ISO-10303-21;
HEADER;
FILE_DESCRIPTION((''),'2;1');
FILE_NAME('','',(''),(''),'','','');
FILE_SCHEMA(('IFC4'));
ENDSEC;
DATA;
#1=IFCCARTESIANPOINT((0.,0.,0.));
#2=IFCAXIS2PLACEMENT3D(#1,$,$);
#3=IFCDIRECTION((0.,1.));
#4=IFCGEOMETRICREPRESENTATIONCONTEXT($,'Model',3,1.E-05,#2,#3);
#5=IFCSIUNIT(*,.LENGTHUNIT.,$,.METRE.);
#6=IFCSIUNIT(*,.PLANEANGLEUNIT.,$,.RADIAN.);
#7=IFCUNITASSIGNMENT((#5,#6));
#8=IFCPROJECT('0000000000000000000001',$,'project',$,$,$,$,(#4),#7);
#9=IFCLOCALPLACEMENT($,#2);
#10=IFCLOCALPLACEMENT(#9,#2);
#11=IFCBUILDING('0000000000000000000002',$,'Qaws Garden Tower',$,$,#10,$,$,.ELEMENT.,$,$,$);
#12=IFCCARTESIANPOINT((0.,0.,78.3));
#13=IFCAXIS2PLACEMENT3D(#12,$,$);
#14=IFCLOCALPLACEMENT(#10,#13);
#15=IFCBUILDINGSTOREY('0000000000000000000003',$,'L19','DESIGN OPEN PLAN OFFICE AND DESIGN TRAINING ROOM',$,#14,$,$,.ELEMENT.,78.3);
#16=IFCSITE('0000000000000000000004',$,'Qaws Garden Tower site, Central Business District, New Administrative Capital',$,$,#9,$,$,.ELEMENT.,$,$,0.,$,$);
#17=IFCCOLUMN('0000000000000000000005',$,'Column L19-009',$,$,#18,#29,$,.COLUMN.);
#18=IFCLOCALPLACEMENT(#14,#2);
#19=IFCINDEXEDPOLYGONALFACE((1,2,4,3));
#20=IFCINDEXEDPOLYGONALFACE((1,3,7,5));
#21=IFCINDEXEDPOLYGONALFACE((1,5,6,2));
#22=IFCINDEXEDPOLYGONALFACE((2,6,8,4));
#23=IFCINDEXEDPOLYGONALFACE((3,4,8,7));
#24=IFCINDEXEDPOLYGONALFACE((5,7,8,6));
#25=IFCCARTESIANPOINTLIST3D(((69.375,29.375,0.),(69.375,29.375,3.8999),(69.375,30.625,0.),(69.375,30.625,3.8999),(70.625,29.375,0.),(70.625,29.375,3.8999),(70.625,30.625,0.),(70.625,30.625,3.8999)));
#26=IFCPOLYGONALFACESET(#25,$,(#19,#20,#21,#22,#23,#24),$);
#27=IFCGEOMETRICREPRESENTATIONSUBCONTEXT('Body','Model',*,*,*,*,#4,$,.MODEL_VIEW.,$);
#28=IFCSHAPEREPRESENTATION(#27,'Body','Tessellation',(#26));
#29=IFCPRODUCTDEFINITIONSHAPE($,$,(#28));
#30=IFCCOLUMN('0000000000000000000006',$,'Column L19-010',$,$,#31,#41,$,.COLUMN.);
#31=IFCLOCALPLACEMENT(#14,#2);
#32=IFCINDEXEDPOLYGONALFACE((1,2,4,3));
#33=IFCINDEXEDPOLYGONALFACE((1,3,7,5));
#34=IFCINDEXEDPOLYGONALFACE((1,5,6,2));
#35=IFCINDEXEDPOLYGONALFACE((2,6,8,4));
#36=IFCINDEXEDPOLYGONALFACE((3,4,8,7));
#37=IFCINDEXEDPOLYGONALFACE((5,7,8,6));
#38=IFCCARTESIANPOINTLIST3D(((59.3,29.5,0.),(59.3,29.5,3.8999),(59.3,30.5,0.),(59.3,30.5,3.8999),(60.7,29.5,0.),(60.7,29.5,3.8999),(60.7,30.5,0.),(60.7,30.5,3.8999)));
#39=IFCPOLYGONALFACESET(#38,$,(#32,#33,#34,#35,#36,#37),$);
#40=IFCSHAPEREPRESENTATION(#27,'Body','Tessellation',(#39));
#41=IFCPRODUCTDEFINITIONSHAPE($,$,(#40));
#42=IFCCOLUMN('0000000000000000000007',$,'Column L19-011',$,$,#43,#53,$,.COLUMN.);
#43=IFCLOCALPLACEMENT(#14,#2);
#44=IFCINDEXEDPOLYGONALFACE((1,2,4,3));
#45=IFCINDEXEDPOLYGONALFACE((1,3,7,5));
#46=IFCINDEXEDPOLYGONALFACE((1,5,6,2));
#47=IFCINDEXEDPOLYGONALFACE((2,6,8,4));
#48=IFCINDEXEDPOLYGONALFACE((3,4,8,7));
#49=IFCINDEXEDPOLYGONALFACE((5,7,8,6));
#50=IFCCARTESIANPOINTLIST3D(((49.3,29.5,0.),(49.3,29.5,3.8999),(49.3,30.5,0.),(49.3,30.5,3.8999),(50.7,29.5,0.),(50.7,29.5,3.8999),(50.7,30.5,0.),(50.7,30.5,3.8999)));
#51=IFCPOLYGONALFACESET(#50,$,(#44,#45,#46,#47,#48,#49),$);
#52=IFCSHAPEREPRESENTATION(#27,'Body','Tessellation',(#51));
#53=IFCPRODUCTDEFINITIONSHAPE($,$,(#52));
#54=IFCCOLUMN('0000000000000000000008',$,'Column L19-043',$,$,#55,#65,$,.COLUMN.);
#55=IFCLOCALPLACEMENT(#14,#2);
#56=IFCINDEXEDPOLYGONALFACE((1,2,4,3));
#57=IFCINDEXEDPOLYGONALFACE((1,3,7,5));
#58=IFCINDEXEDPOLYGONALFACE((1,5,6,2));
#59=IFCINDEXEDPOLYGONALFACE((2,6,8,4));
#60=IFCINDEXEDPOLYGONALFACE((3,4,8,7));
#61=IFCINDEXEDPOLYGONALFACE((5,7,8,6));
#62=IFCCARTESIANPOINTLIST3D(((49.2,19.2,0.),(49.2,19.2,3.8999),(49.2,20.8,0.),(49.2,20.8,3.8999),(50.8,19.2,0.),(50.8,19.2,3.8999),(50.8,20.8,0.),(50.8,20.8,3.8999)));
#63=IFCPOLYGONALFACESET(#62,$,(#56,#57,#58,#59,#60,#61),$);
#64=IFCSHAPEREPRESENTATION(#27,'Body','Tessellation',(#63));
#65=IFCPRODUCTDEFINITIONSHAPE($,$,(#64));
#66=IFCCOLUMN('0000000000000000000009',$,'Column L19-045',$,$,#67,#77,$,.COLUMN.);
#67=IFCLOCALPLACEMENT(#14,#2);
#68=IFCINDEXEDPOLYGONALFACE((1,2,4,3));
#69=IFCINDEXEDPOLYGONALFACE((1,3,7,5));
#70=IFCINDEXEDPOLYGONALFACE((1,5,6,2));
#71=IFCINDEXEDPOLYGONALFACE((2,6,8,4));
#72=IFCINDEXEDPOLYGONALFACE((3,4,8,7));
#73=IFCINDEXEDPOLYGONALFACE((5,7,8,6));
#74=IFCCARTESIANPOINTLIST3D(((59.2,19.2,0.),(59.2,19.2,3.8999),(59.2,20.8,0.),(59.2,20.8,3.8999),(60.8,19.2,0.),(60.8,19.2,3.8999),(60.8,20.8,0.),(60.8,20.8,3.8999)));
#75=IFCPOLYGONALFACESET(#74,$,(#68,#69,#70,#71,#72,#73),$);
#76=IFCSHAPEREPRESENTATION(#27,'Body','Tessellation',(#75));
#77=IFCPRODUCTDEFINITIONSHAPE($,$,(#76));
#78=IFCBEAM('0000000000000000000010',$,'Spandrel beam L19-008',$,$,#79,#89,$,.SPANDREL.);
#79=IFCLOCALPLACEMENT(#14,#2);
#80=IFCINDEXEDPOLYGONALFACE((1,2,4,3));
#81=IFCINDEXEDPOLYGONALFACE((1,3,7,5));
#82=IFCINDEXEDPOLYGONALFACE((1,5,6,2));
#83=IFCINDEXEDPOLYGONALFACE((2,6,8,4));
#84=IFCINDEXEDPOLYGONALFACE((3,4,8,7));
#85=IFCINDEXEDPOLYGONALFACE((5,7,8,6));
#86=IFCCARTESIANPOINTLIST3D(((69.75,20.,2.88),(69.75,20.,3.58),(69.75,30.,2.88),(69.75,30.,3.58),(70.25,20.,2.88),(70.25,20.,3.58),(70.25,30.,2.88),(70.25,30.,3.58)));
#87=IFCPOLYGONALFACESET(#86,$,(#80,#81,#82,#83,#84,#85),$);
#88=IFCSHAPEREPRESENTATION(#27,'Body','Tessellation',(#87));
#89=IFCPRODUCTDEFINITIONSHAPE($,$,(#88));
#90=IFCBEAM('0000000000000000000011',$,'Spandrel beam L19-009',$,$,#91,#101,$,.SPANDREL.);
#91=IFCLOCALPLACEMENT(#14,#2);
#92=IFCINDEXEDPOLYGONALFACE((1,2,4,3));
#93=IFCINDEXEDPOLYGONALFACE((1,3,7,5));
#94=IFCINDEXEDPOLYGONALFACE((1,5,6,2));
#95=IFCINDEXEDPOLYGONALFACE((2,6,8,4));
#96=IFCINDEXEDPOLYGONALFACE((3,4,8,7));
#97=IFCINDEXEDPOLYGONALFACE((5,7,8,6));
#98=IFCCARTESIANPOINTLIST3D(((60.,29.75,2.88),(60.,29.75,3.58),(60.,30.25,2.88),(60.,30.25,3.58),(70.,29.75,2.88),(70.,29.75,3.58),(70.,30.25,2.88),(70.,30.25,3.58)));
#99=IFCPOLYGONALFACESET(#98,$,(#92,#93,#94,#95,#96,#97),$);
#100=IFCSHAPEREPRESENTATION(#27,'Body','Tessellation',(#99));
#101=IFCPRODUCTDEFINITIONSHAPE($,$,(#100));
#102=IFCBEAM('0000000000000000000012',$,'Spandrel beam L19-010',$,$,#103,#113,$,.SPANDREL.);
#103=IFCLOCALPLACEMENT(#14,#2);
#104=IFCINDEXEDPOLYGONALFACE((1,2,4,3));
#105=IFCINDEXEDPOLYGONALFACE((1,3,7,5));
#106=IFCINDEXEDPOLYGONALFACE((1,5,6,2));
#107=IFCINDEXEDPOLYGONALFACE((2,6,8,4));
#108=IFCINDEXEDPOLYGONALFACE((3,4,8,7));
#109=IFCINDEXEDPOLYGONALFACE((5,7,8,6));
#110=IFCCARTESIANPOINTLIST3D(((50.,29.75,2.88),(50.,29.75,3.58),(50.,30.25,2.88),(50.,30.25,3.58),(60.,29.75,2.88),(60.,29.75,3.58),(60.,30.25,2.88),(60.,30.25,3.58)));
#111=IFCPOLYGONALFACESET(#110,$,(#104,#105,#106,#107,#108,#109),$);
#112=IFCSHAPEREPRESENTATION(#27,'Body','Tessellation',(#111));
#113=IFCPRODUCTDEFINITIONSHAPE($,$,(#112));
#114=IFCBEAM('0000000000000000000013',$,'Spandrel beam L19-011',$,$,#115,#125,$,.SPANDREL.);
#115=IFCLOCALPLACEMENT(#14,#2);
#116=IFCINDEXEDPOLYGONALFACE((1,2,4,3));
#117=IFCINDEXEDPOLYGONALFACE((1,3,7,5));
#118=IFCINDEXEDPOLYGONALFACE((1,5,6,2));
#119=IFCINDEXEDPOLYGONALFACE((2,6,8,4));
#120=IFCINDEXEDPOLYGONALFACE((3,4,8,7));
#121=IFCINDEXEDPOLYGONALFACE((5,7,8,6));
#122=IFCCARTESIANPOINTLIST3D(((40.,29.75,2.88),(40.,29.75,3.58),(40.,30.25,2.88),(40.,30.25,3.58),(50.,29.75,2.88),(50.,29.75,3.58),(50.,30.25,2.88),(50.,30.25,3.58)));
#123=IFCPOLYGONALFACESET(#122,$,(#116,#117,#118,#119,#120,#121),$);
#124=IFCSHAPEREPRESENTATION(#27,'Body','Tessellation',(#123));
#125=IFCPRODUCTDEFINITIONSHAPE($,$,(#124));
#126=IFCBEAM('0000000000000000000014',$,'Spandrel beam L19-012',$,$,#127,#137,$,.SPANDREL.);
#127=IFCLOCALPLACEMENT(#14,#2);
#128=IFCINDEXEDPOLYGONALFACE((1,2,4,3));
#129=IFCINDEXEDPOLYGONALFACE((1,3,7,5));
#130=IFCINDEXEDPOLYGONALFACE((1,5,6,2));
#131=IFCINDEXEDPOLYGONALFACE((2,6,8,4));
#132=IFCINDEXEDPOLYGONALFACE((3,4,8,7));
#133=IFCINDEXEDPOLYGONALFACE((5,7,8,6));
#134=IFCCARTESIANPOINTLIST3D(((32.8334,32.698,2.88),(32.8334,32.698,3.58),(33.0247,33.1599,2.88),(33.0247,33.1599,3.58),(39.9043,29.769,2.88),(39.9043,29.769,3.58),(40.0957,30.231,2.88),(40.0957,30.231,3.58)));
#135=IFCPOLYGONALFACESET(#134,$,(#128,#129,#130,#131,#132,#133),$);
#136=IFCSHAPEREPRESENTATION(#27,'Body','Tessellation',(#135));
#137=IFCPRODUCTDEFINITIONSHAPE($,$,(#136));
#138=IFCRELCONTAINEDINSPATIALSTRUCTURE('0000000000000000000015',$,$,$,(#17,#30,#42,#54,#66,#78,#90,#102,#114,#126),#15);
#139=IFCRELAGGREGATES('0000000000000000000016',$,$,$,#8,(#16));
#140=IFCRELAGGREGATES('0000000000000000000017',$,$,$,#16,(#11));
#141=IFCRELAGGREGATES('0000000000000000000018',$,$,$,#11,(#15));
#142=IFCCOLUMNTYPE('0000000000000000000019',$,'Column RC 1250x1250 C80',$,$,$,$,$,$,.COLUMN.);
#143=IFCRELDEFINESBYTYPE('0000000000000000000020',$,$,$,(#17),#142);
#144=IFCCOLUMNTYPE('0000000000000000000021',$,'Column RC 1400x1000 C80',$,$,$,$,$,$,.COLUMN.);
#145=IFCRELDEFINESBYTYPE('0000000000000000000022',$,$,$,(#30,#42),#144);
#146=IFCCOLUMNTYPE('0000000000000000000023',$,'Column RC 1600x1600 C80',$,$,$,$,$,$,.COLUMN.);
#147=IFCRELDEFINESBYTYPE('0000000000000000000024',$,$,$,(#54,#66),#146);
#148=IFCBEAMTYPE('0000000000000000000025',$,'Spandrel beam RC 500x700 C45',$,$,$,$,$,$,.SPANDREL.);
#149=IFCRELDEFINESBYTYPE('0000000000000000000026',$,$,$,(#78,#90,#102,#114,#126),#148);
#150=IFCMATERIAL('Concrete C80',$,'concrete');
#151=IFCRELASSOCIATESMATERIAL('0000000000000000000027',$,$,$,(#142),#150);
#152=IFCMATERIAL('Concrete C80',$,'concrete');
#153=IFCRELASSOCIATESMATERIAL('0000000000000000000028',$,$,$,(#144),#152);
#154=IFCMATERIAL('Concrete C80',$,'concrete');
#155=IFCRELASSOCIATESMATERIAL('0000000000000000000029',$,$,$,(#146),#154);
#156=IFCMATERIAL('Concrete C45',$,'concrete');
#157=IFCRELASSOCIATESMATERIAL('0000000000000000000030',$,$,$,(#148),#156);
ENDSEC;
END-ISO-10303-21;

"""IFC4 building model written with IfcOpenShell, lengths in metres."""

from ifc_helpers import new_model, si_unit, direction, frame, origin, origin_2d, place, context, subcontext, project, spatial, rectangle, extrude, material, material_profile, profile_set, type_object, element, save


model = new_model("IFC4")

# Units and contexts
model_context = context("Model", 3, precision=1e-05, world=origin(), true_north=direction((0.0, 1.0)))
body_context = subcontext(model_context, "Body", "Model", "MODEL_VIEW")
ifc_project = project(units=[si_unit("LENGTHUNIT", "METRE"), si_unit("PLANEANGLEUNIT", "RADIAN")], contexts=[model_context])

# Site, building, storey
site_placement = place(None, origin())
site = spatial("IfcSite", under=ifc_project, at=site_placement, Name="Qaws Garden Tower site, Central Business District, New Administrative Capital", CompositionType="ELEMENT", RefElevation=0.0)
building_placement = place(site_placement, origin())
building = spatial("IfcBuilding", under=site, at=building_placement, Name="Qaws Garden Tower", CompositionType="ELEMENT")
storey_placement = place(building_placement, frame((0.0, 0.0, 78.3)))
storey = spatial("IfcBuildingStorey", under=building, at=storey_placement, Name="L19", Description="DESIGN OPEN PLAN OFFICE AND DESIGN TRAINING ROOM", CompositionType="ELEMENT", Elevation=78.3)

# Columns
ifc_material_1 = material(Name="Concrete C80", Category="concrete")
ifc_material_profile_1 = material_profile(ifc_material_1, rectangle(XDim=1.25, YDim=1.25, at=origin_2d()), Name="RC 1250x1250")
ifc_profile_set_1 = profile_set([ifc_material_profile_1], Name="Concrete C80")
column_type_1 = type_object("IfcColumnType", Name="Column RC 1250x1250 C80", PredefinedType="COLUMN", material=ifc_profile_set_1)
column_placement = place(storey_placement, frame((70.0, 30.0, 0.0), z_axis=(0.0, 0.0, 1.0), x_axis=(1.0, 0.0, 0.0)))
element("IfcColumn", 1, at=column_placement, inside=storey, type_object=column_type_1, Name="Column L19-009", PredefinedType="COLUMN", context=body_context, shape_type="SweptSolid", body=[
    extrude(rectangle(XDim=1.25, YDim=1.25, at=origin_2d()), origin(), (0.0, 0.0, 1.0), 3.8999),
])
ifc_material_2 = material(Name="Concrete C80", Category="concrete")
ifc_material_profile_2 = material_profile(ifc_material_2, rectangle(XDim=1.3999, YDim=1.0, at=origin_2d()), Name="RC 1400x1000")
ifc_profile_set_2 = profile_set([ifc_material_profile_2], Name="Concrete C80")
column_type_2 = type_object("IfcColumnType", Name="Column RC 1400x1000 C80", PredefinedType="COLUMN", material=ifc_profile_set_2)
for number, where, z_axis, x_axis, name in (
    (2, (60.0, 30.0, 0.0), (0.0, 0.0, 1.0), (1.0, 0.0, 0.0), "Column L19-010"),
    (3, (50.0, 30.0, 0.0), (0.0, 0.0, 1.0), (1.0, 0.0, 0.0), "Column L19-011"),
):
    element("IfcColumn", number, at=place(storey_placement, frame(where, z_axis=z_axis, x_axis=x_axis)), inside=storey, type_object=column_type_2, Name=name, PredefinedType="COLUMN", context=body_context, shape_type="SweptSolid", body=[
        extrude(rectangle(XDim=1.3999, YDim=1.0, at=origin_2d()), origin(), (0.0, 0.0, 1.0), 3.8999),
    ])
ifc_material_3 = material(Name="Concrete C80", Category="concrete")
ifc_material_profile_3 = material_profile(ifc_material_3, rectangle(XDim=1.6001, YDim=1.6001, at=origin_2d()), Name="RC 1600x1600")
ifc_profile_set_3 = profile_set([ifc_material_profile_3], Name="Concrete C80")
column_type_3 = type_object("IfcColumnType", Name="Column RC 1600x1600 C80", PredefinedType="COLUMN", material=ifc_profile_set_3)
for number, where, z_axis, x_axis, name in (
    (4, (50.0, 20.0, 0.0), (0.0, 0.0, 1.0), (1.0, 0.0, 0.0), "Column L19-043"),
    (5, (60.0, 20.0, 0.0), (0.0, 0.0, 1.0), (1.0, 0.0, 0.0), "Column L19-045"),
):
    element("IfcColumn", number, at=place(storey_placement, frame(where, z_axis=z_axis, x_axis=x_axis)), inside=storey, type_object=column_type_3, Name=name, PredefinedType="COLUMN", context=body_context, shape_type="SweptSolid", body=[
        extrude(rectangle(XDim=1.6001, YDim=1.6001, at=origin_2d()), origin(), (0.0, 0.0, 1.0), 3.8999),
    ])

# Beams
ifc_material_4 = material(Name="Concrete C45", Category="concrete")
ifc_material_profile_4 = material_profile(ifc_material_4, rectangle(XDim=0.5, YDim=0.7, at=origin_2d()), Name="RC 500x700")
ifc_profile_set_4 = profile_set([ifc_material_profile_4], Name="Concrete C45")
beam_type = type_object("IfcBeamType", Name="Spandrel beam RC 500x700 C45", PredefinedType="SPANDREL", material=ifc_profile_set_4)
for number, where, z_axis, x_axis, name in (
    (6, (70.0, 20.0, 3.23), (0.0, 1.0, 0.0), (-1.0, 0.0, 0.0), "Spandrel beam L19-008"),
    (7, (70.0, 30.0, 3.23), (-1.0, 0.0, 0.0), (0.0, -1.0, 0.0), "Spandrel beam L19-009"),
    (8, (60.0, 30.0, 3.23), (-1.0, 0.0, 0.0), (0.0, -1.0, 0.0), "Spandrel beam L19-010"),
    (9, (50.0, 30.0, 3.23), (-1.0, 0.0, 0.0), (0.0, -1.0, 0.0), "Spandrel beam L19-011"),
):
    element("IfcBeam", number, at=place(storey_placement, frame(where, z_axis=z_axis, x_axis=x_axis)), inside=storey, type_object=beam_type, Name=name, PredefinedType="SPANDREL", context=body_context, shape_type="SweptSolid", body=[
        extrude(rectangle(XDim=0.5, YDim=0.7, at=origin_2d()), origin(), (0.0, 0.0, 1.0), 10.0),
    ])
beam_placement = place(storey_placement, frame((40.0, 30.0, 3.23), z_axis=(-0.923878, 0.382687, 0.0), x_axis=(-0.382687, -0.923878, 0.0)))
element("IfcBeam", 10, at=beam_placement, inside=storey, type_object=beam_type, Name="Spandrel beam L19-012", PredefinedType="SPANDREL", context=body_context, shape_type="SweptSolid", body=[
    extrude(rectangle(XDim=0.5, YDim=0.7, at=origin_2d()), origin(), (0.0, 0.0, 1.0), 7.6536),
])

save(model, "model.ifc")
